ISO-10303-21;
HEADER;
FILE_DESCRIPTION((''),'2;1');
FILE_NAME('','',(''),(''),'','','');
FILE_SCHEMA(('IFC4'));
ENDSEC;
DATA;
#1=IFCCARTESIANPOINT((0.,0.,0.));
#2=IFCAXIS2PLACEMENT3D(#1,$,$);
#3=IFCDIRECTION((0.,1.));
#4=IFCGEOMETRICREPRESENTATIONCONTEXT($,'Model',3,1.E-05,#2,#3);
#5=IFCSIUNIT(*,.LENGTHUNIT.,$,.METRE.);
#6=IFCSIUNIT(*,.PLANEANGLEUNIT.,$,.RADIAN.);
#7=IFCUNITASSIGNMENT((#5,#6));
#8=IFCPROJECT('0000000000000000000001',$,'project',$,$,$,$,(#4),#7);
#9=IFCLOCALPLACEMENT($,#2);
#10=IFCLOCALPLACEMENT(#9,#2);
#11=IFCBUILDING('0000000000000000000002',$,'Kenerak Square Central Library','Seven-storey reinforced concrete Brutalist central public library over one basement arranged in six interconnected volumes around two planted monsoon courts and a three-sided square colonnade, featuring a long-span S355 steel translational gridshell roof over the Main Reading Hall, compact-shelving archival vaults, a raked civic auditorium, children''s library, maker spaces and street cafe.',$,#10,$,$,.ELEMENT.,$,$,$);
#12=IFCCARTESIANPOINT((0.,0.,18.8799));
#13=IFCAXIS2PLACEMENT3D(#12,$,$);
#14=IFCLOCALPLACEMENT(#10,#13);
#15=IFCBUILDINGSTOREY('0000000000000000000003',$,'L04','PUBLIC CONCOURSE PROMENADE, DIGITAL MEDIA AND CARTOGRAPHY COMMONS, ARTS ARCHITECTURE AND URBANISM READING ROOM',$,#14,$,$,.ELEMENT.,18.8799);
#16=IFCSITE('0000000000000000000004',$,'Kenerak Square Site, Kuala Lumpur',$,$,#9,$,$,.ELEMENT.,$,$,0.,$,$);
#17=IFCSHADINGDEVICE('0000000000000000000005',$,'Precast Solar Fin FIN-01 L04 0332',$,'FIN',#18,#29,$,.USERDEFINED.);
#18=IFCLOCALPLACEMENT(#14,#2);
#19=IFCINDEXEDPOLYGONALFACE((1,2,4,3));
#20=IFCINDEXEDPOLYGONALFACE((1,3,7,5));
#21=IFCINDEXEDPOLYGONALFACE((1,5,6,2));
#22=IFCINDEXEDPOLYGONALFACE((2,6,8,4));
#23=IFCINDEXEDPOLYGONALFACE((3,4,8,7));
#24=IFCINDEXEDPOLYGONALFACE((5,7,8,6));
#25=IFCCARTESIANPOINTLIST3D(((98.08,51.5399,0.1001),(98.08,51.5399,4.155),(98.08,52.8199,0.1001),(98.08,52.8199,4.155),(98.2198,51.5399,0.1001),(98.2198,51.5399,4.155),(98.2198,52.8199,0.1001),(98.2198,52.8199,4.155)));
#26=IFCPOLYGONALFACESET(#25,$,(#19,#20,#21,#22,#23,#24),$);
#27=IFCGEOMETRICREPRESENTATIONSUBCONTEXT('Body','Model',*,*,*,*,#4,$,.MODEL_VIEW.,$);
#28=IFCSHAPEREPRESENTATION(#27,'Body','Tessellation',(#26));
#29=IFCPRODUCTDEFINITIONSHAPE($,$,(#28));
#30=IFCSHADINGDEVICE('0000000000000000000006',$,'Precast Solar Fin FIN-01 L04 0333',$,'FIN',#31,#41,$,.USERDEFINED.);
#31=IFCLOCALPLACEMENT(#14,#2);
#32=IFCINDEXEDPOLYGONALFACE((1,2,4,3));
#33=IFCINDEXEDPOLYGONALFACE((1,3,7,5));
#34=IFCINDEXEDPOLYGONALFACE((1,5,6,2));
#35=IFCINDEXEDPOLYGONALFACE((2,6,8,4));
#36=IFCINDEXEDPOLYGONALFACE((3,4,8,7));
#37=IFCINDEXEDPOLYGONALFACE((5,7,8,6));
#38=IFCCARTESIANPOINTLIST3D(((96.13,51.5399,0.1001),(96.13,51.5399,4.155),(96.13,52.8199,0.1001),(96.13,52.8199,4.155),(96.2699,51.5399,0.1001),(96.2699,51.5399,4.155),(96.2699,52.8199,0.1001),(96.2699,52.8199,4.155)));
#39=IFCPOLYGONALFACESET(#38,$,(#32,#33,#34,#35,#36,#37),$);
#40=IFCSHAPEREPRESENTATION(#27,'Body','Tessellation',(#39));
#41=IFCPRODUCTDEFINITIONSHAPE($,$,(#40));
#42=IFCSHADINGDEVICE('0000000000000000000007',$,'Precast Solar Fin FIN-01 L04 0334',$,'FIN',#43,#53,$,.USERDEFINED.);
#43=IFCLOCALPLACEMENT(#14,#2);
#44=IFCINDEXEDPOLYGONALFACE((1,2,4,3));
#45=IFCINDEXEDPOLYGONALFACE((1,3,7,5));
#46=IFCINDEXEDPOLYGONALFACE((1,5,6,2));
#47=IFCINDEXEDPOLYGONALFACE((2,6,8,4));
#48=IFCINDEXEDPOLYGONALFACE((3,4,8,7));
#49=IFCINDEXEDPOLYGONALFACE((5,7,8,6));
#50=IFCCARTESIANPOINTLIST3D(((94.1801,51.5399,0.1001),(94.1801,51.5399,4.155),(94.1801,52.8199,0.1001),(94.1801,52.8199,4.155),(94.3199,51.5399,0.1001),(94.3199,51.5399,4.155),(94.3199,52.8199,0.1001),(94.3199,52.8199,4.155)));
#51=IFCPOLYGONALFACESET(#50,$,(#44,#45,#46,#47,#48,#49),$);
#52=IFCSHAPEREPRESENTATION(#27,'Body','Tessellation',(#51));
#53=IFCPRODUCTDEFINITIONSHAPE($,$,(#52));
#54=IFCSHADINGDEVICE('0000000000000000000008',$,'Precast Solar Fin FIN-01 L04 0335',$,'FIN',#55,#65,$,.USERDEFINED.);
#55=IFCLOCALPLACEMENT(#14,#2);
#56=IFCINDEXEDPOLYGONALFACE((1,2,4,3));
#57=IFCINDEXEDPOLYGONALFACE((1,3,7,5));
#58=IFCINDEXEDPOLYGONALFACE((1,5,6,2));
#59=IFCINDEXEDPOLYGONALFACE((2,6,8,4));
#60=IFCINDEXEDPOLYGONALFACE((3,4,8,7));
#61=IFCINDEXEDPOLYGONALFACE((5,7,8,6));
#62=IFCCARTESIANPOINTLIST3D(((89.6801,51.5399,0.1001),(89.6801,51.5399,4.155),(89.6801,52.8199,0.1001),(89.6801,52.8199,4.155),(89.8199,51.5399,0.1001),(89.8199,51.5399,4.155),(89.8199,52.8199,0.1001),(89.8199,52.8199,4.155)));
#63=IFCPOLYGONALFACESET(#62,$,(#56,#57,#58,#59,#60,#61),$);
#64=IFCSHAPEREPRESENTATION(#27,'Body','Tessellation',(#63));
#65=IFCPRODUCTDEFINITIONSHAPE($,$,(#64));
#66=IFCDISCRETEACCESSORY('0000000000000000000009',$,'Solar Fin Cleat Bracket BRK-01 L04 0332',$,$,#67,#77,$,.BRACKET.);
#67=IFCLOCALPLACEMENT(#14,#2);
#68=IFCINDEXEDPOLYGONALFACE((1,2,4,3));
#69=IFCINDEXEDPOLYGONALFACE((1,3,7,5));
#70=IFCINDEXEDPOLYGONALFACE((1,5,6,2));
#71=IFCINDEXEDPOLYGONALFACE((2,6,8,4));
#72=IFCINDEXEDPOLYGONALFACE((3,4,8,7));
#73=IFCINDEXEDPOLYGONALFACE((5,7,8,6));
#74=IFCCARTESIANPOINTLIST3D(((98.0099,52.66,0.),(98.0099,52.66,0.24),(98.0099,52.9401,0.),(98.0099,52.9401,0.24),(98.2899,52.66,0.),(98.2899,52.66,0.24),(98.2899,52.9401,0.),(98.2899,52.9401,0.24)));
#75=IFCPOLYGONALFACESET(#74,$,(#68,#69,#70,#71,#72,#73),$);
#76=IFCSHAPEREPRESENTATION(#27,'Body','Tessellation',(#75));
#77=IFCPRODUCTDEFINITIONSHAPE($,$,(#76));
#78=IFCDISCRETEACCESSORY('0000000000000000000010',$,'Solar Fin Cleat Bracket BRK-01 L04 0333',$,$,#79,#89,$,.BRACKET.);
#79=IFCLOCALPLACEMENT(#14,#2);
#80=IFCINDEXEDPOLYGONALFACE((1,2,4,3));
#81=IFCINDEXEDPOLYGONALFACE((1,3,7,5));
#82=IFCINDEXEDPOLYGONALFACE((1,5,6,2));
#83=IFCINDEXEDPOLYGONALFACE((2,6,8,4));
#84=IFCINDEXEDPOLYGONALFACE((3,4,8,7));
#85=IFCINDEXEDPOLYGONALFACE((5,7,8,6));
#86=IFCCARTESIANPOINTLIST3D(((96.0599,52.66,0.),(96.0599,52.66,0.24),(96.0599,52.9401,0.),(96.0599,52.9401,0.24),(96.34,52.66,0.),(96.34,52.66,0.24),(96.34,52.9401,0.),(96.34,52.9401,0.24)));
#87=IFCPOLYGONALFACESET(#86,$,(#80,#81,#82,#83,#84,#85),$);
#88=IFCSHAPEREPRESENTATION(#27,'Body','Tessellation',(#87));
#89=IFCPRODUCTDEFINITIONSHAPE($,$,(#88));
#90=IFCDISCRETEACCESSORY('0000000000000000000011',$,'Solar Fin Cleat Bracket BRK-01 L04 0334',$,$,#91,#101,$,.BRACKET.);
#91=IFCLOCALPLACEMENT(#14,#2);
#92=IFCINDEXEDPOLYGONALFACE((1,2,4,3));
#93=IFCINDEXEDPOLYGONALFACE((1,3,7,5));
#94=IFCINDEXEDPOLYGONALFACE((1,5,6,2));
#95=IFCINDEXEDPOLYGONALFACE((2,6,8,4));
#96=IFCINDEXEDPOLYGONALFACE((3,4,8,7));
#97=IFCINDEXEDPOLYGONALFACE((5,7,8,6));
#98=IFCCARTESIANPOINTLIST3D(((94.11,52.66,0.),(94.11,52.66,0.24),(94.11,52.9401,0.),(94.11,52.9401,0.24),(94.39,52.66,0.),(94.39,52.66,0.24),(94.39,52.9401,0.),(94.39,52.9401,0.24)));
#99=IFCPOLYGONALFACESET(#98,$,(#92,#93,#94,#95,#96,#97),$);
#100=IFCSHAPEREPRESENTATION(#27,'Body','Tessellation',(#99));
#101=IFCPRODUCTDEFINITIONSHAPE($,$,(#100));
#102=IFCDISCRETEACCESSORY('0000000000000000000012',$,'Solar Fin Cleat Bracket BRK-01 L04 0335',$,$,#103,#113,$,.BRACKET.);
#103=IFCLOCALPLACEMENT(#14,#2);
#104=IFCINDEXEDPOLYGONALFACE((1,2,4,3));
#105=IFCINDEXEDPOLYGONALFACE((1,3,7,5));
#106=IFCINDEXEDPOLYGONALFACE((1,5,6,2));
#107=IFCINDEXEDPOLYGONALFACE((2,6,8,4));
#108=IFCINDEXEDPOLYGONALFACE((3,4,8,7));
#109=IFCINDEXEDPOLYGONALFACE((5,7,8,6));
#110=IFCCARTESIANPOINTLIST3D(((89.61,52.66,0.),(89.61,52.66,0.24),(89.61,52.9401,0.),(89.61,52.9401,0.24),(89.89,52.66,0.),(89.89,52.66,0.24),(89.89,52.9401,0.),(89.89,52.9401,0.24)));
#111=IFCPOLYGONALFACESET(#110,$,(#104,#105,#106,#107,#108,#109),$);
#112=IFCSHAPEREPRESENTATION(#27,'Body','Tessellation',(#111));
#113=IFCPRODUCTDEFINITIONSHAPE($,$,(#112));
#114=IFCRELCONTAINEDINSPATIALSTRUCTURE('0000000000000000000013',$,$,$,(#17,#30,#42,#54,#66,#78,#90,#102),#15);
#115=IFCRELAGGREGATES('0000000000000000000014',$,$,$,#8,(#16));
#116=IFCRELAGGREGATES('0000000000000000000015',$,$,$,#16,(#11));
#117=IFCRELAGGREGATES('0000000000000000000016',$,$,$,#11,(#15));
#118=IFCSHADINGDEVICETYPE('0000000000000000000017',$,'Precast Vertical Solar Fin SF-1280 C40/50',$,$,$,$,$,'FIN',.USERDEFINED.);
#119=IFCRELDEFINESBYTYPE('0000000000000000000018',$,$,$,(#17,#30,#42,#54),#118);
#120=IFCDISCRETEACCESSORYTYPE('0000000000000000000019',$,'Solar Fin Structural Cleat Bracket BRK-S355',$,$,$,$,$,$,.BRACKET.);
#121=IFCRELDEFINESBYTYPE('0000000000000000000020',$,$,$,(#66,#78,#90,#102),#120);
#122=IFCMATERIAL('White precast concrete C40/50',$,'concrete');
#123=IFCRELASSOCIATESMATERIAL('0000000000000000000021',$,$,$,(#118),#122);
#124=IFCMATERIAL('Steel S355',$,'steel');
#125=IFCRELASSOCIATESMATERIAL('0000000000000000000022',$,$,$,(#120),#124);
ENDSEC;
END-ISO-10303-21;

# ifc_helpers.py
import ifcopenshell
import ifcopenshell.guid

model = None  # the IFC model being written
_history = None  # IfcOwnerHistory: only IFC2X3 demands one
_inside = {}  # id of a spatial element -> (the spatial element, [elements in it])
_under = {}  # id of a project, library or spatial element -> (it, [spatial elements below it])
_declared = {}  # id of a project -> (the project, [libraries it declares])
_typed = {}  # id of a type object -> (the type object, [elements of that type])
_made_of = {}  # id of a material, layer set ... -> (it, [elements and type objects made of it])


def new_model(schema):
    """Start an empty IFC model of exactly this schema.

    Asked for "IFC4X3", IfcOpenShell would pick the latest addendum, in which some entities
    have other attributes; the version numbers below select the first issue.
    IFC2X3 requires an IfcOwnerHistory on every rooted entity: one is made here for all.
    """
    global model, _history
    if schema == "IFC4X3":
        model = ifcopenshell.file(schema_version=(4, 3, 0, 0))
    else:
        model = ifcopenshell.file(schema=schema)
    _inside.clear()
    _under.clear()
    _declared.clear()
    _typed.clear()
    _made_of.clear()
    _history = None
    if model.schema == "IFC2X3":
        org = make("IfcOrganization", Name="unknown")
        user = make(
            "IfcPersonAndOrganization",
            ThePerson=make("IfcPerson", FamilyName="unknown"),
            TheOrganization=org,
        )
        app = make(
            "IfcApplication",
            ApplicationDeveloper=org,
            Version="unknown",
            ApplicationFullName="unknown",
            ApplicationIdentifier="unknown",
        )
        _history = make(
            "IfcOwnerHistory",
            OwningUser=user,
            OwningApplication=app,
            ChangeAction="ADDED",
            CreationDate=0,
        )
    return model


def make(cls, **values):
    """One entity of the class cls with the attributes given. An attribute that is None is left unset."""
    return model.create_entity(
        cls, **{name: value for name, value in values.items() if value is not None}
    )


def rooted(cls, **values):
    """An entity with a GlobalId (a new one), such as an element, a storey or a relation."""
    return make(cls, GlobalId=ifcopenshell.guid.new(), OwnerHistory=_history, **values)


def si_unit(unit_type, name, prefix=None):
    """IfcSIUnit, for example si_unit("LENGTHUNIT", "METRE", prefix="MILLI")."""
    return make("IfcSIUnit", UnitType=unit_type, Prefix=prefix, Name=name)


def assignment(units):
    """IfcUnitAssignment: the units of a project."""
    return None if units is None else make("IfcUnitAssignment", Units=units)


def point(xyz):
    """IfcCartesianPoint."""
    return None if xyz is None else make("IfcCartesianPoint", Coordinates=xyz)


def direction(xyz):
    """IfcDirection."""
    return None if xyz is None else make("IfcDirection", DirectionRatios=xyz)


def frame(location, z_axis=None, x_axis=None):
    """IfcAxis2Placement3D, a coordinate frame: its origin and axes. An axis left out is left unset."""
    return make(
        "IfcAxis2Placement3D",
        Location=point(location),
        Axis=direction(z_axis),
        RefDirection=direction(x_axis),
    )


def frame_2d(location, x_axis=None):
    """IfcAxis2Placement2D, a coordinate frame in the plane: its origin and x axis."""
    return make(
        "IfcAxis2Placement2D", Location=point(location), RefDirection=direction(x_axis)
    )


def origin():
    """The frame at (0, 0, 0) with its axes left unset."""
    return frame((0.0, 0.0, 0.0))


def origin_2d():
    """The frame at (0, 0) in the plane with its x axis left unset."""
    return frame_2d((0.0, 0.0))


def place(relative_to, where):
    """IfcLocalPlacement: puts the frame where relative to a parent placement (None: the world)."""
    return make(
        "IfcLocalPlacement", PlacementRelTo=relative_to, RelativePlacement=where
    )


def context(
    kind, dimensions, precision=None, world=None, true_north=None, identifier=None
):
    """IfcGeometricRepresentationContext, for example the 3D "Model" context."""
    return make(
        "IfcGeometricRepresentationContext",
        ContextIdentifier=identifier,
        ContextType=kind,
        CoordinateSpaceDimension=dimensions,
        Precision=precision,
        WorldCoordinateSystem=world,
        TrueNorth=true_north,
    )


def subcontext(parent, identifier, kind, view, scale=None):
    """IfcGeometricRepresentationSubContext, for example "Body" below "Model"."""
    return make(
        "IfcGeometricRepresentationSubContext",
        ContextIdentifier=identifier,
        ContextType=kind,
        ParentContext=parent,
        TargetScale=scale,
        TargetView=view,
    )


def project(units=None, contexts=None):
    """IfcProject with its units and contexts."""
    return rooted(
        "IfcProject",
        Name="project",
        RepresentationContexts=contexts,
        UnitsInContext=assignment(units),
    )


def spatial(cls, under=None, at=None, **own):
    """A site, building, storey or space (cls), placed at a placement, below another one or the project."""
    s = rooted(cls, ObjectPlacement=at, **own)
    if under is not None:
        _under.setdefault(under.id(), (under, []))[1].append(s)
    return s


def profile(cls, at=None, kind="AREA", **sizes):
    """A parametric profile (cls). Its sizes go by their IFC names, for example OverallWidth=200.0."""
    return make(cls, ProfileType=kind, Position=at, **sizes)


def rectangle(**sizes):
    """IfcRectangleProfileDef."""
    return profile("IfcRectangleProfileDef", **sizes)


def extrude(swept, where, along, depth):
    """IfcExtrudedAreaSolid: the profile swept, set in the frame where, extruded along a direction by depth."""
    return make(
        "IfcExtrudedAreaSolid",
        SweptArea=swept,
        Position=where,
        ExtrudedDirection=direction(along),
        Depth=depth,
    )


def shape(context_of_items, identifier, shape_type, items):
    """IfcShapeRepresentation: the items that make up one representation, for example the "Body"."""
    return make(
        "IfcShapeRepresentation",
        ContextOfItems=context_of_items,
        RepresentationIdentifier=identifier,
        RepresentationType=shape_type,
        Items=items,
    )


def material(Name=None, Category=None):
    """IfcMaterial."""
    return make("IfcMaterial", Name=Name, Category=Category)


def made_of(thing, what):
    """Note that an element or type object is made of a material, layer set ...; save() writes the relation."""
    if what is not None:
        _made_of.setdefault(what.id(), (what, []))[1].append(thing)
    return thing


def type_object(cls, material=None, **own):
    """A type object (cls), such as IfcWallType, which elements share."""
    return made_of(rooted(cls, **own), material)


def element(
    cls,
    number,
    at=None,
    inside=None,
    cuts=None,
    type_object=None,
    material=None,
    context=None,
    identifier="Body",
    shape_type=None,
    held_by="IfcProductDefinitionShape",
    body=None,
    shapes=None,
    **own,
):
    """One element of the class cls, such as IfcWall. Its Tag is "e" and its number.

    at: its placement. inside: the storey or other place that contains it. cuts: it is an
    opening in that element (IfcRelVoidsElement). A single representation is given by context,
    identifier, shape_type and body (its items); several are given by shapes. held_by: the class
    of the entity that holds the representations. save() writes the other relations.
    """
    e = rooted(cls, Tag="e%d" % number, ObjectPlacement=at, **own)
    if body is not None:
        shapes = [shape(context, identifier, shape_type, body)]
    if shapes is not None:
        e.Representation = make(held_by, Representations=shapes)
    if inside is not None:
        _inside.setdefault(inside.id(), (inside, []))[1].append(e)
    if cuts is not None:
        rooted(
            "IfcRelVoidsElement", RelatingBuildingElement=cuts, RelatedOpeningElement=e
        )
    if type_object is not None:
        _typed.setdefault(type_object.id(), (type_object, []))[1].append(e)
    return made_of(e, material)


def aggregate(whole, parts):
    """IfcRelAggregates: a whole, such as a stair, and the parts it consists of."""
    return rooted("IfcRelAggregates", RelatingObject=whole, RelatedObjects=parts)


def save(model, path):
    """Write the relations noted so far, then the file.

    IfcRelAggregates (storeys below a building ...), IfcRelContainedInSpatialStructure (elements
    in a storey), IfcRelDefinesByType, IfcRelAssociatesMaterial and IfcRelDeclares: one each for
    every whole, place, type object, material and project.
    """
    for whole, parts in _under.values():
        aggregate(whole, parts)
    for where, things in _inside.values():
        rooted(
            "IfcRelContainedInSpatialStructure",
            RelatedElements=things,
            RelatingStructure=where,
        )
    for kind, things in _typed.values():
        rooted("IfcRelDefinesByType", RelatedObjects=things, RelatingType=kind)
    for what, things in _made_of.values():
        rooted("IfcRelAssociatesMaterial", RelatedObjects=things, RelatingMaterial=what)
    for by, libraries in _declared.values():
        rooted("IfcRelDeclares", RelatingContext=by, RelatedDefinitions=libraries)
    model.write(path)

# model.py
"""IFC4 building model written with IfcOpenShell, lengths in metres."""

from ifc_helpers import new_model, si_unit, direction, frame, origin, origin_2d, place, context, subcontext, project, spatial, rectangle, extrude, material, type_object, element, save


model = new_model("IFC4")

# Units and contexts
model_context = context("Model", 3, precision=1e-05, world=origin(), true_north=direction((0.0, 1.0)))
body_context = subcontext(model_context, "Body", "Model", "MODEL_VIEW")
ifc_project = project(units=[si_unit("LENGTHUNIT", "METRE"), si_unit("PLANEANGLEUNIT", "RADIAN")], contexts=[model_context])

# Site, building, storey
site_placement = place(None, origin())
site = spatial("IfcSite", under=ifc_project, at=site_placement, Name="Kenerak Square Site, Kuala Lumpur", CompositionType="ELEMENT", RefElevation=0.0)
building_placement = place(site_placement, origin())
building = spatial("IfcBuilding", under=site, at=building_placement, Name="Kenerak Square Central Library", Description="Seven-storey reinforced concrete Brutalist central public library over one basement arranged in six interconnected volumes around two planted monsoon courts and a three-sided square colonnade, featuring a long-span S355 steel translational gridshell roof over the Main Reading Hall, compact-shelving archival vaults, a raked civic auditorium, children's library, maker spaces and street cafe.", CompositionType="ELEMENT")
storey_placement = place(building_placement, frame((0.0, 0.0, 18.8799)))
storey = spatial("IfcBuildingStorey", under=building, at=storey_placement, Name="L04", Description="PUBLIC CONCOURSE PROMENADE, DIGITAL MEDIA AND CARTOGRAPHY COMMONS, ARTS ARCHITECTURE AND URBANISM READING ROOM", CompositionType="ELEMENT", Elevation=18.8799)

# Shared definitions
ifc_material_1 = material(Name="Steel S355", Category="steel")

# Shading devices
ifc_material_2 = material(Name="White precast concrete C40/50", Category="concrete")
shading_device_type = type_object("IfcShadingDeviceType", Name="Precast Vertical Solar Fin SF-1280 C40/50", ElementType="FIN", PredefinedType="USERDEFINED", material=ifc_material_2)
for number, where, z_axis, x_axis, name in (
    (1, (98.1499, 52.1799, 0.1001), (0.0, 0.0, 1.0), (-1.0, 0.0, 0.0), "Precast Solar Fin FIN-01 L04 0332"),
    (2, (96.2, 52.1799, 0.1001), (0.0, 0.0, 1.0), (-1.0, 0.0, 0.0), "Precast Solar Fin FIN-01 L04 0333"),
    (3, (94.25, 52.1799, 0.1001), (0.0, 0.0, 1.0), (-1.0, 0.0, 0.0), "Precast Solar Fin FIN-01 L04 0334"),
    (4, (89.75, 52.1799, 0.1001), (0.0, 0.0, 1.0), (-1.0, 0.0, 0.0), "Precast Solar Fin FIN-01 L04 0335"),
):
    element("IfcShadingDevice", number, at=place(storey_placement, frame(where, z_axis=z_axis, x_axis=x_axis)), inside=storey, type_object=shading_device_type, Name=name, ObjectType="FIN", PredefinedType="USERDEFINED", context=body_context, shape_type="SweptSolid", body=[
        extrude(rectangle(XDim=0.1399, YDim=1.28, at=origin_2d()), origin(), (0.0, 0.0, 1.0), 4.0549),
    ])

# Discrete accessories
discrete_accessory_type = type_object("IfcDiscreteAccessoryType", Name="Solar Fin Structural Cleat Bracket BRK-S355", PredefinedType="BRACKET", material=ifc_material_1)
for number, where, z_axis, x_axis, name in (
    (5, (98.1499, 52.8, 0.0), (0.0, 0.0, 1.0), (-1.0, 0.0, 0.0), "Solar Fin Cleat Bracket BRK-01 L04 0332"),
    (6, (96.2, 52.8, 0.0), (0.0, 0.0, 1.0), (-1.0, 0.0, 0.0), "Solar Fin Cleat Bracket BRK-01 L04 0333"),
    (7, (94.25, 52.8, 0.0), (0.0, 0.0, 1.0), (-1.0, 0.0, 0.0), "Solar Fin Cleat Bracket BRK-01 L04 0334"),
    (8, (89.75, 52.8, 0.0), (0.0, 0.0, 1.0), (-1.0, 0.0, 0.0), "Solar Fin Cleat Bracket BRK-01 L04 0335"),
):
    element("IfcDiscreteAccessory", number, at=place(storey_placement, frame(where, z_axis=z_axis, x_axis=x_axis)), inside=storey, type_object=discrete_accessory_type, Name=name, PredefinedType="BRACKET", context=body_context, shape_type="SweptSolid", body=[
        extrude(rectangle(XDim=0.28, YDim=0.28, at=origin_2d()), origin(), (0.0, 0.0, 1.0), 0.24),
    ])

save(model, "model.ifc")
